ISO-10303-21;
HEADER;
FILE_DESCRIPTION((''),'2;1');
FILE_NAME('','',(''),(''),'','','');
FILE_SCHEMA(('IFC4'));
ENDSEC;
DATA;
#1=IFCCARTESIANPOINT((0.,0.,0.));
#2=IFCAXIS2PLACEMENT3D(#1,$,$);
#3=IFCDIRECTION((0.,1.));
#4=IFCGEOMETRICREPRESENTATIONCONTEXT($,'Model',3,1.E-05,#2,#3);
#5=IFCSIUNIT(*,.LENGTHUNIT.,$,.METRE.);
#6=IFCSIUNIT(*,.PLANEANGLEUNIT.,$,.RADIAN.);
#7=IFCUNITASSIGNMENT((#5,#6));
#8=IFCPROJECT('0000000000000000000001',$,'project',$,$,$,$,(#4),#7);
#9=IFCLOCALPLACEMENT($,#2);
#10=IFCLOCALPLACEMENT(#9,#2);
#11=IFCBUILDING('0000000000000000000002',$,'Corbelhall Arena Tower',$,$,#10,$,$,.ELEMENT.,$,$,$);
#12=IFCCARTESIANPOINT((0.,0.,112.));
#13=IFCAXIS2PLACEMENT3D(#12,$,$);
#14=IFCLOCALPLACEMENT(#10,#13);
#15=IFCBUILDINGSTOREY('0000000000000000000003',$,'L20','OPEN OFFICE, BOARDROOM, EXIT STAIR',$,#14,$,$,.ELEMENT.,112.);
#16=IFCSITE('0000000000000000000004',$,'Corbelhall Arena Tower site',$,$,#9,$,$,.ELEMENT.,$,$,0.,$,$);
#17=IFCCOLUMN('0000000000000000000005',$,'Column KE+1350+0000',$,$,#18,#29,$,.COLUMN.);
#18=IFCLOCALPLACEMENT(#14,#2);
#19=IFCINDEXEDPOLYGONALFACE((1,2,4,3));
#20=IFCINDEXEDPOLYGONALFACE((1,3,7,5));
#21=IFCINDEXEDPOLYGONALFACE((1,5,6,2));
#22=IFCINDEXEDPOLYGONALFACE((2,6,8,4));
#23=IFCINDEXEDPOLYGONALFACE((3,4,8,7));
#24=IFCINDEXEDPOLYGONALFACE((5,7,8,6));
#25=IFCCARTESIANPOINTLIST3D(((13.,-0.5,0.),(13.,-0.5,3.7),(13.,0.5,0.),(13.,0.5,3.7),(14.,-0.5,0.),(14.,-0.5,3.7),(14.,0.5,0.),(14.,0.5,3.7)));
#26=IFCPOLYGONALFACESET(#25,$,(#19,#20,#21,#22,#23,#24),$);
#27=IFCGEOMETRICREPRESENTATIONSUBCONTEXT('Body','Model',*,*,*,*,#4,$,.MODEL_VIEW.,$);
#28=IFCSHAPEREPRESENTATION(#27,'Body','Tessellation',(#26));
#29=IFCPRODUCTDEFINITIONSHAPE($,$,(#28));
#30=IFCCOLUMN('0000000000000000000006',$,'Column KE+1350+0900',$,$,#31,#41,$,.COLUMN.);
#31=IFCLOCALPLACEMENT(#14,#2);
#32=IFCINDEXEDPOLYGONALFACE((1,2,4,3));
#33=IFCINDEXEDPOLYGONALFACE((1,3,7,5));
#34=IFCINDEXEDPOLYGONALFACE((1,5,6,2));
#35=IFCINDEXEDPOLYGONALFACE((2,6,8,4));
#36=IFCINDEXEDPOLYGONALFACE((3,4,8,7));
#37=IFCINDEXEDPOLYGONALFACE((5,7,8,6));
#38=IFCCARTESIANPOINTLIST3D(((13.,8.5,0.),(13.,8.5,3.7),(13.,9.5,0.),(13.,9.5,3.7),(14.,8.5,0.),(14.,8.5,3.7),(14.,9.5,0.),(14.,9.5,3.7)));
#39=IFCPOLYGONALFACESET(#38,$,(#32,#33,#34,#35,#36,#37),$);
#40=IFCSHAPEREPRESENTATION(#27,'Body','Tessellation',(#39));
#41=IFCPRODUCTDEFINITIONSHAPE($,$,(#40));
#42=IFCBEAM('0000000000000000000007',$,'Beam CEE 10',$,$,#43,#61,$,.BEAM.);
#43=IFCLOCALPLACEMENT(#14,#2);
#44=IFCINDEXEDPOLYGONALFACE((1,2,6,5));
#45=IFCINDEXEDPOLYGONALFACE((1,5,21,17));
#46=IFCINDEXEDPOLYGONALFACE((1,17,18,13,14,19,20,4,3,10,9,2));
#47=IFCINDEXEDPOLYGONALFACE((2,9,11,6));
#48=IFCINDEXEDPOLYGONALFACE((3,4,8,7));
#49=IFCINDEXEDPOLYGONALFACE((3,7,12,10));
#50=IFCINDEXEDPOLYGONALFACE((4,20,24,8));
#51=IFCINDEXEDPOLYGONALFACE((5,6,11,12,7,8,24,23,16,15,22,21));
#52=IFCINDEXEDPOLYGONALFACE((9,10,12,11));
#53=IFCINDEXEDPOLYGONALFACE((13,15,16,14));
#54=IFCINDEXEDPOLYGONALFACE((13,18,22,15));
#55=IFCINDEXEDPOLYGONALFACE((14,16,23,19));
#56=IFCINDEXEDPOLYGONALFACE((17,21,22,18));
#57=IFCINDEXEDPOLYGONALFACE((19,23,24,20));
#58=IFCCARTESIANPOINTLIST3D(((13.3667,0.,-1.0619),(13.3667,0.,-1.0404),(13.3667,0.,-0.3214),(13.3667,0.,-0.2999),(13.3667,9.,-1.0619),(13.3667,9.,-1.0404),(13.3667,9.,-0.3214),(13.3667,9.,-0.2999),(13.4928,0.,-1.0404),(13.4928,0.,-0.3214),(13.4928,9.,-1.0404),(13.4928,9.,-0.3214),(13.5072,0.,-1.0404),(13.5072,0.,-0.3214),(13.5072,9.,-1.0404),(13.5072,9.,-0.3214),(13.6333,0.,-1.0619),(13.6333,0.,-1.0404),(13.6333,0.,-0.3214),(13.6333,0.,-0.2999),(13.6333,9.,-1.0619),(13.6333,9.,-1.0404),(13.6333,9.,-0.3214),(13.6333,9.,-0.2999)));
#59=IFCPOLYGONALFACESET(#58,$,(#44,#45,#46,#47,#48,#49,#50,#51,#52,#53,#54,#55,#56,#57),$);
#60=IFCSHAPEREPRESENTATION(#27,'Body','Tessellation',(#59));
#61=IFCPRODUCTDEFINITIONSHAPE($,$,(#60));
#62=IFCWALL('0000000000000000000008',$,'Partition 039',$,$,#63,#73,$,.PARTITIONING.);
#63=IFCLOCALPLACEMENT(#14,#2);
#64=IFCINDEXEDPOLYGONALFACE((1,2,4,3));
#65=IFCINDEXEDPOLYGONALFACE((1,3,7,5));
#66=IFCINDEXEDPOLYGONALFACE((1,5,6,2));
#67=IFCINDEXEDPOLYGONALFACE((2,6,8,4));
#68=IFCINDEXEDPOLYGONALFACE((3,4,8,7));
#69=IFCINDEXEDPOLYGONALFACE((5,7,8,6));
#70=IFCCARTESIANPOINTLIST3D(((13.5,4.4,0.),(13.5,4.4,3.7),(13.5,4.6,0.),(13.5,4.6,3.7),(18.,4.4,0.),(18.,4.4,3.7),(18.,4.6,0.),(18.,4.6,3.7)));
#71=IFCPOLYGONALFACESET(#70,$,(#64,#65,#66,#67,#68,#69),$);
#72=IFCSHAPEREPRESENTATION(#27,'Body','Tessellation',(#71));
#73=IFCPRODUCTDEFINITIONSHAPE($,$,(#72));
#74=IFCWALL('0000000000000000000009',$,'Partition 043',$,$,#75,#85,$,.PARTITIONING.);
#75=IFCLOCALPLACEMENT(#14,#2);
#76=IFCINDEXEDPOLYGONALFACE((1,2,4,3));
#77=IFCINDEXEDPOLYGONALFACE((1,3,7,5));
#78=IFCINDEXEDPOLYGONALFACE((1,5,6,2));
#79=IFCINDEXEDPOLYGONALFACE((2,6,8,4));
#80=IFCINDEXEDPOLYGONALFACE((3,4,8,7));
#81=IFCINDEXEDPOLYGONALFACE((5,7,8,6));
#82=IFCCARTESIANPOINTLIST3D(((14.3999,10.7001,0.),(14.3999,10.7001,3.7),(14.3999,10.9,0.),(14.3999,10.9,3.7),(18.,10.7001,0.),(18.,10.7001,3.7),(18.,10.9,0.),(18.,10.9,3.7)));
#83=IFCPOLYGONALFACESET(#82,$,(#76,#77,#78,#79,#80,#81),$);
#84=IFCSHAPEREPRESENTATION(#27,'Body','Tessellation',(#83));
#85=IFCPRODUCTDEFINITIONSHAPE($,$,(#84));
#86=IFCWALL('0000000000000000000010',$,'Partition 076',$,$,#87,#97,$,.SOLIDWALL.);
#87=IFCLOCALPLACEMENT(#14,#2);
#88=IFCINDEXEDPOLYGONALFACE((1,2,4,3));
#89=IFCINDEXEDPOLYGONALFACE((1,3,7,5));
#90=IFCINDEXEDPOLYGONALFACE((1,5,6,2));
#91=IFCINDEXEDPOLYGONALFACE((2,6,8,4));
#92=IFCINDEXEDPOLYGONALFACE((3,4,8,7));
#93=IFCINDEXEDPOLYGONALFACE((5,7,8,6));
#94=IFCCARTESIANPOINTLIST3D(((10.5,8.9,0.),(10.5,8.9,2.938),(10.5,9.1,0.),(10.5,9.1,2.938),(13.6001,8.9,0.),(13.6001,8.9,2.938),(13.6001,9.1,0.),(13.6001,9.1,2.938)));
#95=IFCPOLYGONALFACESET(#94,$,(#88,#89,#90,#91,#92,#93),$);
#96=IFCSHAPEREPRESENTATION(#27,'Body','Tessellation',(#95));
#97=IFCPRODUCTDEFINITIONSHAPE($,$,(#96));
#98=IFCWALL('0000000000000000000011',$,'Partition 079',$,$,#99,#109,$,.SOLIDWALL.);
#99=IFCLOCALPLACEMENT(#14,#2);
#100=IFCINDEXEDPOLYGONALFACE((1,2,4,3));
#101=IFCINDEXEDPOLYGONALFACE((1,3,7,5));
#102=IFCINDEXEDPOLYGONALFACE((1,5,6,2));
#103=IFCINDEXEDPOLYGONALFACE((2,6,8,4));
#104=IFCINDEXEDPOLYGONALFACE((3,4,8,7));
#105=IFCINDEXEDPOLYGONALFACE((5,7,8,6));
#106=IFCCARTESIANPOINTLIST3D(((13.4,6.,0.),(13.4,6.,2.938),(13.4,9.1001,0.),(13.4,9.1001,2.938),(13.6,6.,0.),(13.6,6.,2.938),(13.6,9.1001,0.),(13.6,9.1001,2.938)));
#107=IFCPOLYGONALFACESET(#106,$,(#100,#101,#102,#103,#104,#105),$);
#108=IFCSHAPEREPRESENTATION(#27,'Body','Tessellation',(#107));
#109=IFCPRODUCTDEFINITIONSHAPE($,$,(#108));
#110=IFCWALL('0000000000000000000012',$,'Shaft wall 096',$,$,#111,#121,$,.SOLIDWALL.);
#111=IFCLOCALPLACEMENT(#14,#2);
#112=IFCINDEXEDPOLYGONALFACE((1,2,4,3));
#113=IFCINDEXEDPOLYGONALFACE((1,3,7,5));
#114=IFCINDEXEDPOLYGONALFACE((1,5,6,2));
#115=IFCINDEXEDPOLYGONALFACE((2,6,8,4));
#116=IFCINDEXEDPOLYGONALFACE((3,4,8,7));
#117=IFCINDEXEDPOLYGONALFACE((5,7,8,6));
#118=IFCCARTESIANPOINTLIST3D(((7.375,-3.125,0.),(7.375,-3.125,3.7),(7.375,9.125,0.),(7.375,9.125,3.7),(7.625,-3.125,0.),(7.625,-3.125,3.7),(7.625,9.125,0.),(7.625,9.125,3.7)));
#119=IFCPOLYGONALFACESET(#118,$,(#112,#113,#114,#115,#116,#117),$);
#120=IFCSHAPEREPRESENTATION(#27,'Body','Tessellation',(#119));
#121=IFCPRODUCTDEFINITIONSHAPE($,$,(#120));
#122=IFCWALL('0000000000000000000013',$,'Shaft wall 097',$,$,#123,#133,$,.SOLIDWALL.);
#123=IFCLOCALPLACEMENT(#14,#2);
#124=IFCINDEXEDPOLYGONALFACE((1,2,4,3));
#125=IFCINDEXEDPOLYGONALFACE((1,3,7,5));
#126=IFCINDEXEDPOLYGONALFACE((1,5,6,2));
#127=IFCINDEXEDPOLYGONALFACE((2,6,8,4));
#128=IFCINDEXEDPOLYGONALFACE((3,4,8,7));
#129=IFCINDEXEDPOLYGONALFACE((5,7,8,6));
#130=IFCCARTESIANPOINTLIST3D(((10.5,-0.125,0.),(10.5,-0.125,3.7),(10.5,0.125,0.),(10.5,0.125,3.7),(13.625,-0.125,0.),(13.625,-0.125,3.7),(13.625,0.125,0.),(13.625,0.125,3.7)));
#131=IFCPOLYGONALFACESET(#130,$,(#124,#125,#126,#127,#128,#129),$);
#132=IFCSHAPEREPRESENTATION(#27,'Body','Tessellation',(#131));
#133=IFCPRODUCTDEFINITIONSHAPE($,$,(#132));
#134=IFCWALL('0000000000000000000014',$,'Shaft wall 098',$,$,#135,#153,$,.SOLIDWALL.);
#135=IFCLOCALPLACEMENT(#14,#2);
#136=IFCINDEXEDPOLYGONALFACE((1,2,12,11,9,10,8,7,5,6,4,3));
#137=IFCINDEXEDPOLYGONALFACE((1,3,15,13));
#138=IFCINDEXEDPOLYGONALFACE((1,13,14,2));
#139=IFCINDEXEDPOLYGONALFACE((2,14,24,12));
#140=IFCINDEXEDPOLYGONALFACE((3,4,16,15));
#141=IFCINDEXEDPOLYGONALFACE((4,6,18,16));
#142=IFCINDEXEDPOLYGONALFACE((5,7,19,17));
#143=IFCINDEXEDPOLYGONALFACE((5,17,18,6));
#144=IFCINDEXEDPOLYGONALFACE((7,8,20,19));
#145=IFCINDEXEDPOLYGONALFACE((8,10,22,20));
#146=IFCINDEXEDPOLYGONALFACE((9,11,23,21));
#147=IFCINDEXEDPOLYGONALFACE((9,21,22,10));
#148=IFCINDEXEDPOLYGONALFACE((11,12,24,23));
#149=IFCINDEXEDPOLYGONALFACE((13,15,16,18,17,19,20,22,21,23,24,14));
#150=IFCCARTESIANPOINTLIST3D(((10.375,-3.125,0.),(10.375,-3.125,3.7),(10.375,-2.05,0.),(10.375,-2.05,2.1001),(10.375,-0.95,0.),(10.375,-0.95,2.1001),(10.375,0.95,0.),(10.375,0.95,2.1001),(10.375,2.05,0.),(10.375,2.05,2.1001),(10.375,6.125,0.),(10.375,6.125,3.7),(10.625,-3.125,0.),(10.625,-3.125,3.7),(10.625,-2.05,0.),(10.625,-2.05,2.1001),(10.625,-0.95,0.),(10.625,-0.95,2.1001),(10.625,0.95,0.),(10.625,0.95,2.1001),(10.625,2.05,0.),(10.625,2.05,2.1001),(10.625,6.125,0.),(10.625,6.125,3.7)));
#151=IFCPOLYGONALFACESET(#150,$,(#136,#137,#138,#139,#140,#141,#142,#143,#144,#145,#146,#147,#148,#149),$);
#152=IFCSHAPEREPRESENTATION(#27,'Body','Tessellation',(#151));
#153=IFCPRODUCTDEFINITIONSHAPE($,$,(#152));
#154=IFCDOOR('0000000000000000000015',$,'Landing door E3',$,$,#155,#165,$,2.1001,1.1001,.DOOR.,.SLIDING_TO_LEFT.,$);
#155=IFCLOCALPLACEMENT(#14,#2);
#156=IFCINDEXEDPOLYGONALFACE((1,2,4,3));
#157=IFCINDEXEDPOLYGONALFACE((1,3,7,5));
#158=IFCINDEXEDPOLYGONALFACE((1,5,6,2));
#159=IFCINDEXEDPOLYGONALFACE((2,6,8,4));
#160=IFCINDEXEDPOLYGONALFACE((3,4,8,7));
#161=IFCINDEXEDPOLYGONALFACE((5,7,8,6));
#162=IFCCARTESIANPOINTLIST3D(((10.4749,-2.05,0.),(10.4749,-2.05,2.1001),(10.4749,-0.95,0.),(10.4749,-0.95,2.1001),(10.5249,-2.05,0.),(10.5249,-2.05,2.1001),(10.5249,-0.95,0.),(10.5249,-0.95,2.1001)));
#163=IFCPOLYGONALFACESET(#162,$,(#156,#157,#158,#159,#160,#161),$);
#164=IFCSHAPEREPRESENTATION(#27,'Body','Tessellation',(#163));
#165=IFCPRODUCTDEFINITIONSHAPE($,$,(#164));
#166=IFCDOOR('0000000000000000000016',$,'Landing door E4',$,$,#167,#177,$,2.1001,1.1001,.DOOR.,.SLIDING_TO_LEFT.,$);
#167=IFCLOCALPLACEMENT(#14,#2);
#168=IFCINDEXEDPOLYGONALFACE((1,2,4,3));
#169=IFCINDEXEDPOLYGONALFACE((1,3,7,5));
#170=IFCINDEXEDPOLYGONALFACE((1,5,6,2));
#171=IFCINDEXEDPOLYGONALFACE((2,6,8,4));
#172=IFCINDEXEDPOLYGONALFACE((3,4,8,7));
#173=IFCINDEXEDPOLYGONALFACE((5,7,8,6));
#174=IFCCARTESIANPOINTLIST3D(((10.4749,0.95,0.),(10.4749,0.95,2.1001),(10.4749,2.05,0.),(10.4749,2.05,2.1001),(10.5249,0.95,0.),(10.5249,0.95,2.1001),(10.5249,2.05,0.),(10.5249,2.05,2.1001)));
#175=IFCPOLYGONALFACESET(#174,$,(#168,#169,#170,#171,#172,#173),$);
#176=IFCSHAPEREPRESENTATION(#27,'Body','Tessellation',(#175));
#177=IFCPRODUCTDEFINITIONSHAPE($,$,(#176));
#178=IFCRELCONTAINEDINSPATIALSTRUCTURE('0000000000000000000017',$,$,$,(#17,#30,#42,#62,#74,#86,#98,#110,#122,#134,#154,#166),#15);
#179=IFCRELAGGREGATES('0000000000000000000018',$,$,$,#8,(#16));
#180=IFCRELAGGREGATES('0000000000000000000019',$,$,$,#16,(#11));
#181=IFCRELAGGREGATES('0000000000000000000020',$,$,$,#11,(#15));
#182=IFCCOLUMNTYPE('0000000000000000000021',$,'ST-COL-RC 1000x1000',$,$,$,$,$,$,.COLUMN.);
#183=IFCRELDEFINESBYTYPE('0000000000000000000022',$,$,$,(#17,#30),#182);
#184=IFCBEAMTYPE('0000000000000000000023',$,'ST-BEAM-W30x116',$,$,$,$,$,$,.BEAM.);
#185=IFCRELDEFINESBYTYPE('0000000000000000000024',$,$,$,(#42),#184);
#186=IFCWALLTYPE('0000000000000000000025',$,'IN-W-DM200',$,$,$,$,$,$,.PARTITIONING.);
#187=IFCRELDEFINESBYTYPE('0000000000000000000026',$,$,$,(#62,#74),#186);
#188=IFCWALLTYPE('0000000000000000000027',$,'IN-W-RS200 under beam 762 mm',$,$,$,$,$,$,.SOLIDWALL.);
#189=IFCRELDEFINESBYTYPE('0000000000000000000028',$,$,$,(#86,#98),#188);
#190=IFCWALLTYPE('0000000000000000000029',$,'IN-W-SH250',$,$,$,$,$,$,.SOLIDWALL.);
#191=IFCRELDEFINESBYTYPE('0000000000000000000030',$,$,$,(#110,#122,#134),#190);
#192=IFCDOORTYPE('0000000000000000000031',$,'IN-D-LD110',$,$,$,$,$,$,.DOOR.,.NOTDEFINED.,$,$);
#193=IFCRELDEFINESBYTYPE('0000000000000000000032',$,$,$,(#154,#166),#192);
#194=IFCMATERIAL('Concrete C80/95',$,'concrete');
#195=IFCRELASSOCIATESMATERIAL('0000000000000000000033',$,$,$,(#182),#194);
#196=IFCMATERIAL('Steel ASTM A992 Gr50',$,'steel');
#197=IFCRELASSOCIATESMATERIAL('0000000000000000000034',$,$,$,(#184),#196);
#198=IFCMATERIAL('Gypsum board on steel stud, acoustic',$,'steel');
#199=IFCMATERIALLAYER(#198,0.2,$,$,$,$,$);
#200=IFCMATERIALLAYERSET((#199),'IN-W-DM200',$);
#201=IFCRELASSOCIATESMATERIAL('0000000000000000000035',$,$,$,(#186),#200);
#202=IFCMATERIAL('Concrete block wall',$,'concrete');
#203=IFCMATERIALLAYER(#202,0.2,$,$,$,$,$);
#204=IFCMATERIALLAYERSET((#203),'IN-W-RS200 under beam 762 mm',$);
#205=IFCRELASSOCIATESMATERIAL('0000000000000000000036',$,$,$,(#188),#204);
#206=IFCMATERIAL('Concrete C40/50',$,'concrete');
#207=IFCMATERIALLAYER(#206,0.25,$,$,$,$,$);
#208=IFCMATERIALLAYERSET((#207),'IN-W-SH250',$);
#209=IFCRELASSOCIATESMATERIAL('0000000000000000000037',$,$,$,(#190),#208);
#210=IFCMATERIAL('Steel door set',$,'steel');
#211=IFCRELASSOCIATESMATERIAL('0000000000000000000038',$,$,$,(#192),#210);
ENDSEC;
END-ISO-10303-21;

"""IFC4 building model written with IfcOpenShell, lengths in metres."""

from ifc_helpers import new_model, si_unit, direction, frame, frame_2d, origin, origin_2d, place, context, subcontext, project, spatial, rectangle, i_section, extrude, material, layer, layer_set, material_profile, profile_set, type_object, element, fill, save


model = new_model("IFC4")

# Units and contexts
model_context = context("Model", 3, precision=1e-05, world=origin(), true_north=direction((0.0, 1.0)))
body_context = subcontext(model_context, "Body", "Model", "MODEL_VIEW")
ifc_project = project(units=[si_unit("LENGTHUNIT", "METRE"), si_unit("PLANEANGLEUNIT", "RADIAN")], contexts=[model_context])

# Site, building, storey
site_placement = place(None, origin())
site = spatial("IfcSite", under=ifc_project, at=site_placement, Name="Corbelhall Arena Tower site", CompositionType="ELEMENT", RefElevation=0.0)
building_placement = place(site_placement, origin())
building = spatial("IfcBuilding", under=site, at=building_placement, Name="Corbelhall Arena Tower", CompositionType="ELEMENT")
storey_placement = place(building_placement, frame((0.0, 0.0, 112.0)))
storey = spatial("IfcBuildingStorey", under=building, at=storey_placement, Name="L20", Description="OPEN OFFICE, BOARDROOM, EXIT STAIR", CompositionType="ELEMENT", Elevation=112.0)

# Columns
ifc_material_1 = material(Name="Concrete C80/95", Category="concrete")
ifc_material_profile_1 = material_profile(ifc_material_1, rectangle(XDim=1.0, YDim=1.0, at=origin_2d()))
ifc_profile_set_1 = profile_set([ifc_material_profile_1], Name="Concrete C80/95")
column_type = type_object("IfcColumnType", Name="ST-COL-RC 1000x1000", PredefinedType="COLUMN", material=ifc_profile_set_1)
for number, where, z_axis, x_axis, name in (
    (1, (13.5, 0.0, 0.0), (0.0, 0.0, 1.0), (1.0, 0.0, 0.0), "Column KE+1350+0000"),
    (2, (13.5, 9.0, 0.0), (0.0, 0.0, 1.0), (1.0, 0.0, 0.0), "Column KE+1350+0900"),
):
    element("IfcColumn", number, at=place(storey_placement, frame(where, z_axis=z_axis, x_axis=x_axis)), inside=storey, type_object=column_type, Name=name, PredefinedType="COLUMN", context=body_context, shape_type="SweptSolid", body=[
        extrude(rectangle(XDim=1.0, YDim=1.0, at=origin_2d()), origin(), (0.0, 0.0, 1.0), 3.7),
    ])

# Beam
ifc_material_2 = material(Name="Steel ASTM A992 Gr50", Category="steel")
ifc_material_profile_2 = material_profile(ifc_material_2, i_section(OverallWidth=0.2666, OverallDepth=0.762, WebThickness=0.0144, FlangeThickness=0.0215, at=origin_2d()))
ifc_profile_set_2 = profile_set([ifc_material_profile_2], Name="Steel ASTM A992 Gr50")
beam_type = type_object("IfcBeamType", Name="ST-BEAM-W30x116", PredefinedType="BEAM", material=ifc_profile_set_2)
beam_placement = place(storey_placement, frame((13.5, 0.0, -0.6809), z_axis=(0.0, 1.0, 0.0), x_axis=(-1.0, 0.0, 0.0)))
element("IfcBeam", 3, at=beam_placement, inside=storey, type_object=beam_type, Name="Beam CEE 10", PredefinedType="BEAM", context=body_context, shape_type="SweptSolid", body=[
    extrude(i_section(OverallWidth=0.2666, OverallDepth=0.762, WebThickness=0.0144, FlangeThickness=0.0215, at=origin_2d()), origin(), (0.0, 0.0, 1.0), 9.0),
])

# Walls
ifc_material_3 = material(Name="Gypsum board on steel stud, acoustic", Category="steel")
ifc_layer_1 = layer(ifc_material_3, 0.2)
ifc_layer_set_1 = layer_set([ifc_layer_1], Name="IN-W-DM200")
wall_type_1 = type_object("IfcWallType", Name="IN-W-DM200", PredefinedType="PARTITIONING", material=ifc_layer_set_1)
wall_1_placement = place(storey_placement, frame((13.5, 4.5, 0.0), z_axis=(0.0, 0.0, 1.0), x_axis=(1.0, 0.0, 0.0)))
element("IfcWall", 4, at=wall_1_placement, inside=storey, type_object=wall_type_1, Name="Partition 039", PredefinedType="PARTITIONING", context=body_context, shape_type="SweptSolid", body=[
    extrude(rectangle(XDim=4.5, YDim=0.2, at=frame_2d((2.25, 0.0))), origin(), (0.0, 0.0, 1.0), 3.7),
])
wall_2_placement = place(storey_placement, frame((14.3999, 10.8, 0.0), z_axis=(0.0, 0.0, 1.0), x_axis=(1.0, 0.0, 0.0)))
element("IfcWall", 5, at=wall_2_placement, inside=storey, type_object=wall_type_1, Name="Partition 043", PredefinedType="PARTITIONING", context=body_context, shape_type="SweptSolid", body=[
    extrude(rectangle(XDim=3.6001, YDim=0.2, at=frame_2d((1.8, 0.0))), origin(), (0.0, 0.0, 1.0), 3.7),
])

# Shared definitions
ifc_material_4 = material(Name="Concrete block wall", Category="concrete")
ifc_material_5 = material(Name="Steel door set", Category="steel")

# Walls
ifc_layer_2 = layer(ifc_material_4, 0.2)
ifc_layer_set_2 = layer_set([ifc_layer_2], Name="IN-W-RS200 under beam 762 mm")
wall_type_2 = type_object("IfcWallType", Name="IN-W-RS200 under beam 762 mm", PredefinedType="SOLIDWALL", material=ifc_layer_set_2)
for number, where, z_axis, x_axis, name in (
    (6, (10.5, 9.0, 0.0), (0.0, 0.0, 1.0), (1.0, 0.0, 0.0), "Partition 076"),
    (7, (13.5, 9.1001, 0.0), (0.0, 0.0, 1.0), (0.0, -1.0, 0.0), "Partition 079"),
):
    element("IfcWall", number, at=place(storey_placement, frame(where, z_axis=z_axis, x_axis=x_axis)), inside=storey, type_object=wall_type_2, Name=name, PredefinedType="SOLIDWALL", context=body_context, shape_type="SweptSolid", body=[
        extrude(rectangle(XDim=3.1001, YDim=0.2, at=frame_2d((1.55, 0.0))), origin(), (0.0, 0.0, 1.0), 2.938),
    ])
ifc_material_6 = material(Name="Concrete C40/50", Category="concrete")
ifc_layer_3 = layer(ifc_material_6, 0.25)
ifc_layer_set_3 = layer_set([ifc_layer_3], Name="IN-W-SH250")
wall_type_3 = type_object("IfcWallType", Name="IN-W-SH250", PredefinedType="SOLIDWALL", material=ifc_layer_set_3)
wall_3_placement = place(storey_placement, frame((7.5, 9.125, 0.0), z_axis=(0.0, 0.0, 1.0), x_axis=(0.0, -1.0, 0.0)))
element("IfcWall", 8, at=wall_3_placement, inside=storey, type_object=wall_type_3, Name="Shaft wall 096", PredefinedType="SOLIDWALL", context=body_context, shape_type="SweptSolid", body=[
    extrude(rectangle(XDim=12.25, YDim=0.25, at=frame_2d((6.125, 0.0))), origin(), (0.0, 0.0, 1.0), 3.7),
])
wall_4_placement = place(storey_placement, frame((10.5, 0.0, 0.0), z_axis=(0.0, 0.0, 1.0), x_axis=(1.0, 0.0, 0.0)))
element("IfcWall", 9, at=wall_4_placement, inside=storey, type_object=wall_type_3, Name="Shaft wall 097", PredefinedType="SOLIDWALL", context=body_context, shape_type="SweptSolid", body=[
    extrude(rectangle(XDim=3.125, YDim=0.25, at=frame_2d((1.5625, 0.0))), origin(), (0.0, 0.0, 1.0), 3.7),
])

# Wall, openings, doors
wall_5_placement = place(storey_placement, frame((10.5, 6.125, 0.0), z_axis=(0.0, 0.0, 1.0), x_axis=(0.0, -1.0, 0.0)))
wall_5 = element("IfcWall", 10, at=wall_5_placement, inside=storey, type_object=wall_type_3, Name="Shaft wall 098", PredefinedType="SOLIDWALL", context=body_context, shape_type="SweptSolid", body=[
    extrude(rectangle(XDim=9.25, YDim=0.25, at=frame_2d((4.625, 0.0))), origin(), (0.0, 0.0, 1.0), 3.7),
])
opening_1_placement = place(wall_5_placement, frame((7.075, 0.0, 0.0)))
opening_1 = element("IfcOpeningElement", 11, at=opening_1_placement, cuts=wall_5, PredefinedType="OPENING", context=body_context, shape_type="SweptSolid", body=[
    extrude(rectangle(XDim=1.1001, YDim=2.1001, at=frame_2d((0.55, 1.05))), frame((0.0, 0.125, 0.0), z_axis=(0.0, -1.0, 0.0), x_axis=(1.0, 0.0, 0.0)), (0.0, 0.0, 1.0), 0.25),
])
opening_2_placement = place(wall_5_placement, frame((4.075, 0.0, 0.0)))
opening_2 = element("IfcOpeningElement", 12, at=opening_2_placement, cuts=wall_5, PredefinedType="OPENING", context=body_context, shape_type="SweptSolid", body=[
    extrude(rectangle(XDim=1.1001, YDim=2.1001, at=frame_2d((0.55, 1.05))), frame((0.0, 0.125, 0.0), z_axis=(0.0, -1.0, 0.0), x_axis=(1.0, 0.0, 0.0)), (0.0, 0.0, 1.0), 0.25),
])
door_type_1 = type_object("IfcDoorType", Name="IN-D-LD110", OperationType="NOTDEFINED", PredefinedType="DOOR", material=ifc_material_5)
door_1_placement = place(opening_1_placement, origin())
door_1 = element("IfcDoor", 13, at=door_1_placement, inside=storey, type_object=door_type_1, Name="Landing door E3", OperationType="SLIDING_TO_LEFT", OverallHeight=2.1001, OverallWidth=1.1001, PredefinedType="DOOR", context=body_context, shape_type="SweptSolid", body=[
    extrude(rectangle(XDim=1.1001, YDim=2.1001, at=frame_2d((0.55, 1.05))), frame((0.0, 0.0249, 0.0), z_axis=(0.0, -1.0, 0.0), x_axis=(1.0, 0.0, 0.0)), (0.0, 0.0, 1.0), 0.05),
])
fill(opening_1, door_1)
door_2_placement = place(opening_2_placement, origin())
door_2 = element("IfcDoor", 14, at=door_2_placement, inside=storey, type_object=door_type_1, Name="Landing door E4", OperationType="SLIDING_TO_LEFT", OverallHeight=2.1001, OverallWidth=1.1001, PredefinedType="DOOR", context=body_context, shape_type="SweptSolid", body=[
    extrude(rectangle(XDim=1.1001, YDim=2.1001, at=frame_2d((0.55, 1.05))), frame((0.0, 0.0249, 0.0), z_axis=(0.0, -1.0, 0.0), x_axis=(1.0, 0.0, 0.0)), (0.0, 0.0, 1.0), 0.05),
])
fill(opening_2, door_2)

save(model, "model.ifc")
